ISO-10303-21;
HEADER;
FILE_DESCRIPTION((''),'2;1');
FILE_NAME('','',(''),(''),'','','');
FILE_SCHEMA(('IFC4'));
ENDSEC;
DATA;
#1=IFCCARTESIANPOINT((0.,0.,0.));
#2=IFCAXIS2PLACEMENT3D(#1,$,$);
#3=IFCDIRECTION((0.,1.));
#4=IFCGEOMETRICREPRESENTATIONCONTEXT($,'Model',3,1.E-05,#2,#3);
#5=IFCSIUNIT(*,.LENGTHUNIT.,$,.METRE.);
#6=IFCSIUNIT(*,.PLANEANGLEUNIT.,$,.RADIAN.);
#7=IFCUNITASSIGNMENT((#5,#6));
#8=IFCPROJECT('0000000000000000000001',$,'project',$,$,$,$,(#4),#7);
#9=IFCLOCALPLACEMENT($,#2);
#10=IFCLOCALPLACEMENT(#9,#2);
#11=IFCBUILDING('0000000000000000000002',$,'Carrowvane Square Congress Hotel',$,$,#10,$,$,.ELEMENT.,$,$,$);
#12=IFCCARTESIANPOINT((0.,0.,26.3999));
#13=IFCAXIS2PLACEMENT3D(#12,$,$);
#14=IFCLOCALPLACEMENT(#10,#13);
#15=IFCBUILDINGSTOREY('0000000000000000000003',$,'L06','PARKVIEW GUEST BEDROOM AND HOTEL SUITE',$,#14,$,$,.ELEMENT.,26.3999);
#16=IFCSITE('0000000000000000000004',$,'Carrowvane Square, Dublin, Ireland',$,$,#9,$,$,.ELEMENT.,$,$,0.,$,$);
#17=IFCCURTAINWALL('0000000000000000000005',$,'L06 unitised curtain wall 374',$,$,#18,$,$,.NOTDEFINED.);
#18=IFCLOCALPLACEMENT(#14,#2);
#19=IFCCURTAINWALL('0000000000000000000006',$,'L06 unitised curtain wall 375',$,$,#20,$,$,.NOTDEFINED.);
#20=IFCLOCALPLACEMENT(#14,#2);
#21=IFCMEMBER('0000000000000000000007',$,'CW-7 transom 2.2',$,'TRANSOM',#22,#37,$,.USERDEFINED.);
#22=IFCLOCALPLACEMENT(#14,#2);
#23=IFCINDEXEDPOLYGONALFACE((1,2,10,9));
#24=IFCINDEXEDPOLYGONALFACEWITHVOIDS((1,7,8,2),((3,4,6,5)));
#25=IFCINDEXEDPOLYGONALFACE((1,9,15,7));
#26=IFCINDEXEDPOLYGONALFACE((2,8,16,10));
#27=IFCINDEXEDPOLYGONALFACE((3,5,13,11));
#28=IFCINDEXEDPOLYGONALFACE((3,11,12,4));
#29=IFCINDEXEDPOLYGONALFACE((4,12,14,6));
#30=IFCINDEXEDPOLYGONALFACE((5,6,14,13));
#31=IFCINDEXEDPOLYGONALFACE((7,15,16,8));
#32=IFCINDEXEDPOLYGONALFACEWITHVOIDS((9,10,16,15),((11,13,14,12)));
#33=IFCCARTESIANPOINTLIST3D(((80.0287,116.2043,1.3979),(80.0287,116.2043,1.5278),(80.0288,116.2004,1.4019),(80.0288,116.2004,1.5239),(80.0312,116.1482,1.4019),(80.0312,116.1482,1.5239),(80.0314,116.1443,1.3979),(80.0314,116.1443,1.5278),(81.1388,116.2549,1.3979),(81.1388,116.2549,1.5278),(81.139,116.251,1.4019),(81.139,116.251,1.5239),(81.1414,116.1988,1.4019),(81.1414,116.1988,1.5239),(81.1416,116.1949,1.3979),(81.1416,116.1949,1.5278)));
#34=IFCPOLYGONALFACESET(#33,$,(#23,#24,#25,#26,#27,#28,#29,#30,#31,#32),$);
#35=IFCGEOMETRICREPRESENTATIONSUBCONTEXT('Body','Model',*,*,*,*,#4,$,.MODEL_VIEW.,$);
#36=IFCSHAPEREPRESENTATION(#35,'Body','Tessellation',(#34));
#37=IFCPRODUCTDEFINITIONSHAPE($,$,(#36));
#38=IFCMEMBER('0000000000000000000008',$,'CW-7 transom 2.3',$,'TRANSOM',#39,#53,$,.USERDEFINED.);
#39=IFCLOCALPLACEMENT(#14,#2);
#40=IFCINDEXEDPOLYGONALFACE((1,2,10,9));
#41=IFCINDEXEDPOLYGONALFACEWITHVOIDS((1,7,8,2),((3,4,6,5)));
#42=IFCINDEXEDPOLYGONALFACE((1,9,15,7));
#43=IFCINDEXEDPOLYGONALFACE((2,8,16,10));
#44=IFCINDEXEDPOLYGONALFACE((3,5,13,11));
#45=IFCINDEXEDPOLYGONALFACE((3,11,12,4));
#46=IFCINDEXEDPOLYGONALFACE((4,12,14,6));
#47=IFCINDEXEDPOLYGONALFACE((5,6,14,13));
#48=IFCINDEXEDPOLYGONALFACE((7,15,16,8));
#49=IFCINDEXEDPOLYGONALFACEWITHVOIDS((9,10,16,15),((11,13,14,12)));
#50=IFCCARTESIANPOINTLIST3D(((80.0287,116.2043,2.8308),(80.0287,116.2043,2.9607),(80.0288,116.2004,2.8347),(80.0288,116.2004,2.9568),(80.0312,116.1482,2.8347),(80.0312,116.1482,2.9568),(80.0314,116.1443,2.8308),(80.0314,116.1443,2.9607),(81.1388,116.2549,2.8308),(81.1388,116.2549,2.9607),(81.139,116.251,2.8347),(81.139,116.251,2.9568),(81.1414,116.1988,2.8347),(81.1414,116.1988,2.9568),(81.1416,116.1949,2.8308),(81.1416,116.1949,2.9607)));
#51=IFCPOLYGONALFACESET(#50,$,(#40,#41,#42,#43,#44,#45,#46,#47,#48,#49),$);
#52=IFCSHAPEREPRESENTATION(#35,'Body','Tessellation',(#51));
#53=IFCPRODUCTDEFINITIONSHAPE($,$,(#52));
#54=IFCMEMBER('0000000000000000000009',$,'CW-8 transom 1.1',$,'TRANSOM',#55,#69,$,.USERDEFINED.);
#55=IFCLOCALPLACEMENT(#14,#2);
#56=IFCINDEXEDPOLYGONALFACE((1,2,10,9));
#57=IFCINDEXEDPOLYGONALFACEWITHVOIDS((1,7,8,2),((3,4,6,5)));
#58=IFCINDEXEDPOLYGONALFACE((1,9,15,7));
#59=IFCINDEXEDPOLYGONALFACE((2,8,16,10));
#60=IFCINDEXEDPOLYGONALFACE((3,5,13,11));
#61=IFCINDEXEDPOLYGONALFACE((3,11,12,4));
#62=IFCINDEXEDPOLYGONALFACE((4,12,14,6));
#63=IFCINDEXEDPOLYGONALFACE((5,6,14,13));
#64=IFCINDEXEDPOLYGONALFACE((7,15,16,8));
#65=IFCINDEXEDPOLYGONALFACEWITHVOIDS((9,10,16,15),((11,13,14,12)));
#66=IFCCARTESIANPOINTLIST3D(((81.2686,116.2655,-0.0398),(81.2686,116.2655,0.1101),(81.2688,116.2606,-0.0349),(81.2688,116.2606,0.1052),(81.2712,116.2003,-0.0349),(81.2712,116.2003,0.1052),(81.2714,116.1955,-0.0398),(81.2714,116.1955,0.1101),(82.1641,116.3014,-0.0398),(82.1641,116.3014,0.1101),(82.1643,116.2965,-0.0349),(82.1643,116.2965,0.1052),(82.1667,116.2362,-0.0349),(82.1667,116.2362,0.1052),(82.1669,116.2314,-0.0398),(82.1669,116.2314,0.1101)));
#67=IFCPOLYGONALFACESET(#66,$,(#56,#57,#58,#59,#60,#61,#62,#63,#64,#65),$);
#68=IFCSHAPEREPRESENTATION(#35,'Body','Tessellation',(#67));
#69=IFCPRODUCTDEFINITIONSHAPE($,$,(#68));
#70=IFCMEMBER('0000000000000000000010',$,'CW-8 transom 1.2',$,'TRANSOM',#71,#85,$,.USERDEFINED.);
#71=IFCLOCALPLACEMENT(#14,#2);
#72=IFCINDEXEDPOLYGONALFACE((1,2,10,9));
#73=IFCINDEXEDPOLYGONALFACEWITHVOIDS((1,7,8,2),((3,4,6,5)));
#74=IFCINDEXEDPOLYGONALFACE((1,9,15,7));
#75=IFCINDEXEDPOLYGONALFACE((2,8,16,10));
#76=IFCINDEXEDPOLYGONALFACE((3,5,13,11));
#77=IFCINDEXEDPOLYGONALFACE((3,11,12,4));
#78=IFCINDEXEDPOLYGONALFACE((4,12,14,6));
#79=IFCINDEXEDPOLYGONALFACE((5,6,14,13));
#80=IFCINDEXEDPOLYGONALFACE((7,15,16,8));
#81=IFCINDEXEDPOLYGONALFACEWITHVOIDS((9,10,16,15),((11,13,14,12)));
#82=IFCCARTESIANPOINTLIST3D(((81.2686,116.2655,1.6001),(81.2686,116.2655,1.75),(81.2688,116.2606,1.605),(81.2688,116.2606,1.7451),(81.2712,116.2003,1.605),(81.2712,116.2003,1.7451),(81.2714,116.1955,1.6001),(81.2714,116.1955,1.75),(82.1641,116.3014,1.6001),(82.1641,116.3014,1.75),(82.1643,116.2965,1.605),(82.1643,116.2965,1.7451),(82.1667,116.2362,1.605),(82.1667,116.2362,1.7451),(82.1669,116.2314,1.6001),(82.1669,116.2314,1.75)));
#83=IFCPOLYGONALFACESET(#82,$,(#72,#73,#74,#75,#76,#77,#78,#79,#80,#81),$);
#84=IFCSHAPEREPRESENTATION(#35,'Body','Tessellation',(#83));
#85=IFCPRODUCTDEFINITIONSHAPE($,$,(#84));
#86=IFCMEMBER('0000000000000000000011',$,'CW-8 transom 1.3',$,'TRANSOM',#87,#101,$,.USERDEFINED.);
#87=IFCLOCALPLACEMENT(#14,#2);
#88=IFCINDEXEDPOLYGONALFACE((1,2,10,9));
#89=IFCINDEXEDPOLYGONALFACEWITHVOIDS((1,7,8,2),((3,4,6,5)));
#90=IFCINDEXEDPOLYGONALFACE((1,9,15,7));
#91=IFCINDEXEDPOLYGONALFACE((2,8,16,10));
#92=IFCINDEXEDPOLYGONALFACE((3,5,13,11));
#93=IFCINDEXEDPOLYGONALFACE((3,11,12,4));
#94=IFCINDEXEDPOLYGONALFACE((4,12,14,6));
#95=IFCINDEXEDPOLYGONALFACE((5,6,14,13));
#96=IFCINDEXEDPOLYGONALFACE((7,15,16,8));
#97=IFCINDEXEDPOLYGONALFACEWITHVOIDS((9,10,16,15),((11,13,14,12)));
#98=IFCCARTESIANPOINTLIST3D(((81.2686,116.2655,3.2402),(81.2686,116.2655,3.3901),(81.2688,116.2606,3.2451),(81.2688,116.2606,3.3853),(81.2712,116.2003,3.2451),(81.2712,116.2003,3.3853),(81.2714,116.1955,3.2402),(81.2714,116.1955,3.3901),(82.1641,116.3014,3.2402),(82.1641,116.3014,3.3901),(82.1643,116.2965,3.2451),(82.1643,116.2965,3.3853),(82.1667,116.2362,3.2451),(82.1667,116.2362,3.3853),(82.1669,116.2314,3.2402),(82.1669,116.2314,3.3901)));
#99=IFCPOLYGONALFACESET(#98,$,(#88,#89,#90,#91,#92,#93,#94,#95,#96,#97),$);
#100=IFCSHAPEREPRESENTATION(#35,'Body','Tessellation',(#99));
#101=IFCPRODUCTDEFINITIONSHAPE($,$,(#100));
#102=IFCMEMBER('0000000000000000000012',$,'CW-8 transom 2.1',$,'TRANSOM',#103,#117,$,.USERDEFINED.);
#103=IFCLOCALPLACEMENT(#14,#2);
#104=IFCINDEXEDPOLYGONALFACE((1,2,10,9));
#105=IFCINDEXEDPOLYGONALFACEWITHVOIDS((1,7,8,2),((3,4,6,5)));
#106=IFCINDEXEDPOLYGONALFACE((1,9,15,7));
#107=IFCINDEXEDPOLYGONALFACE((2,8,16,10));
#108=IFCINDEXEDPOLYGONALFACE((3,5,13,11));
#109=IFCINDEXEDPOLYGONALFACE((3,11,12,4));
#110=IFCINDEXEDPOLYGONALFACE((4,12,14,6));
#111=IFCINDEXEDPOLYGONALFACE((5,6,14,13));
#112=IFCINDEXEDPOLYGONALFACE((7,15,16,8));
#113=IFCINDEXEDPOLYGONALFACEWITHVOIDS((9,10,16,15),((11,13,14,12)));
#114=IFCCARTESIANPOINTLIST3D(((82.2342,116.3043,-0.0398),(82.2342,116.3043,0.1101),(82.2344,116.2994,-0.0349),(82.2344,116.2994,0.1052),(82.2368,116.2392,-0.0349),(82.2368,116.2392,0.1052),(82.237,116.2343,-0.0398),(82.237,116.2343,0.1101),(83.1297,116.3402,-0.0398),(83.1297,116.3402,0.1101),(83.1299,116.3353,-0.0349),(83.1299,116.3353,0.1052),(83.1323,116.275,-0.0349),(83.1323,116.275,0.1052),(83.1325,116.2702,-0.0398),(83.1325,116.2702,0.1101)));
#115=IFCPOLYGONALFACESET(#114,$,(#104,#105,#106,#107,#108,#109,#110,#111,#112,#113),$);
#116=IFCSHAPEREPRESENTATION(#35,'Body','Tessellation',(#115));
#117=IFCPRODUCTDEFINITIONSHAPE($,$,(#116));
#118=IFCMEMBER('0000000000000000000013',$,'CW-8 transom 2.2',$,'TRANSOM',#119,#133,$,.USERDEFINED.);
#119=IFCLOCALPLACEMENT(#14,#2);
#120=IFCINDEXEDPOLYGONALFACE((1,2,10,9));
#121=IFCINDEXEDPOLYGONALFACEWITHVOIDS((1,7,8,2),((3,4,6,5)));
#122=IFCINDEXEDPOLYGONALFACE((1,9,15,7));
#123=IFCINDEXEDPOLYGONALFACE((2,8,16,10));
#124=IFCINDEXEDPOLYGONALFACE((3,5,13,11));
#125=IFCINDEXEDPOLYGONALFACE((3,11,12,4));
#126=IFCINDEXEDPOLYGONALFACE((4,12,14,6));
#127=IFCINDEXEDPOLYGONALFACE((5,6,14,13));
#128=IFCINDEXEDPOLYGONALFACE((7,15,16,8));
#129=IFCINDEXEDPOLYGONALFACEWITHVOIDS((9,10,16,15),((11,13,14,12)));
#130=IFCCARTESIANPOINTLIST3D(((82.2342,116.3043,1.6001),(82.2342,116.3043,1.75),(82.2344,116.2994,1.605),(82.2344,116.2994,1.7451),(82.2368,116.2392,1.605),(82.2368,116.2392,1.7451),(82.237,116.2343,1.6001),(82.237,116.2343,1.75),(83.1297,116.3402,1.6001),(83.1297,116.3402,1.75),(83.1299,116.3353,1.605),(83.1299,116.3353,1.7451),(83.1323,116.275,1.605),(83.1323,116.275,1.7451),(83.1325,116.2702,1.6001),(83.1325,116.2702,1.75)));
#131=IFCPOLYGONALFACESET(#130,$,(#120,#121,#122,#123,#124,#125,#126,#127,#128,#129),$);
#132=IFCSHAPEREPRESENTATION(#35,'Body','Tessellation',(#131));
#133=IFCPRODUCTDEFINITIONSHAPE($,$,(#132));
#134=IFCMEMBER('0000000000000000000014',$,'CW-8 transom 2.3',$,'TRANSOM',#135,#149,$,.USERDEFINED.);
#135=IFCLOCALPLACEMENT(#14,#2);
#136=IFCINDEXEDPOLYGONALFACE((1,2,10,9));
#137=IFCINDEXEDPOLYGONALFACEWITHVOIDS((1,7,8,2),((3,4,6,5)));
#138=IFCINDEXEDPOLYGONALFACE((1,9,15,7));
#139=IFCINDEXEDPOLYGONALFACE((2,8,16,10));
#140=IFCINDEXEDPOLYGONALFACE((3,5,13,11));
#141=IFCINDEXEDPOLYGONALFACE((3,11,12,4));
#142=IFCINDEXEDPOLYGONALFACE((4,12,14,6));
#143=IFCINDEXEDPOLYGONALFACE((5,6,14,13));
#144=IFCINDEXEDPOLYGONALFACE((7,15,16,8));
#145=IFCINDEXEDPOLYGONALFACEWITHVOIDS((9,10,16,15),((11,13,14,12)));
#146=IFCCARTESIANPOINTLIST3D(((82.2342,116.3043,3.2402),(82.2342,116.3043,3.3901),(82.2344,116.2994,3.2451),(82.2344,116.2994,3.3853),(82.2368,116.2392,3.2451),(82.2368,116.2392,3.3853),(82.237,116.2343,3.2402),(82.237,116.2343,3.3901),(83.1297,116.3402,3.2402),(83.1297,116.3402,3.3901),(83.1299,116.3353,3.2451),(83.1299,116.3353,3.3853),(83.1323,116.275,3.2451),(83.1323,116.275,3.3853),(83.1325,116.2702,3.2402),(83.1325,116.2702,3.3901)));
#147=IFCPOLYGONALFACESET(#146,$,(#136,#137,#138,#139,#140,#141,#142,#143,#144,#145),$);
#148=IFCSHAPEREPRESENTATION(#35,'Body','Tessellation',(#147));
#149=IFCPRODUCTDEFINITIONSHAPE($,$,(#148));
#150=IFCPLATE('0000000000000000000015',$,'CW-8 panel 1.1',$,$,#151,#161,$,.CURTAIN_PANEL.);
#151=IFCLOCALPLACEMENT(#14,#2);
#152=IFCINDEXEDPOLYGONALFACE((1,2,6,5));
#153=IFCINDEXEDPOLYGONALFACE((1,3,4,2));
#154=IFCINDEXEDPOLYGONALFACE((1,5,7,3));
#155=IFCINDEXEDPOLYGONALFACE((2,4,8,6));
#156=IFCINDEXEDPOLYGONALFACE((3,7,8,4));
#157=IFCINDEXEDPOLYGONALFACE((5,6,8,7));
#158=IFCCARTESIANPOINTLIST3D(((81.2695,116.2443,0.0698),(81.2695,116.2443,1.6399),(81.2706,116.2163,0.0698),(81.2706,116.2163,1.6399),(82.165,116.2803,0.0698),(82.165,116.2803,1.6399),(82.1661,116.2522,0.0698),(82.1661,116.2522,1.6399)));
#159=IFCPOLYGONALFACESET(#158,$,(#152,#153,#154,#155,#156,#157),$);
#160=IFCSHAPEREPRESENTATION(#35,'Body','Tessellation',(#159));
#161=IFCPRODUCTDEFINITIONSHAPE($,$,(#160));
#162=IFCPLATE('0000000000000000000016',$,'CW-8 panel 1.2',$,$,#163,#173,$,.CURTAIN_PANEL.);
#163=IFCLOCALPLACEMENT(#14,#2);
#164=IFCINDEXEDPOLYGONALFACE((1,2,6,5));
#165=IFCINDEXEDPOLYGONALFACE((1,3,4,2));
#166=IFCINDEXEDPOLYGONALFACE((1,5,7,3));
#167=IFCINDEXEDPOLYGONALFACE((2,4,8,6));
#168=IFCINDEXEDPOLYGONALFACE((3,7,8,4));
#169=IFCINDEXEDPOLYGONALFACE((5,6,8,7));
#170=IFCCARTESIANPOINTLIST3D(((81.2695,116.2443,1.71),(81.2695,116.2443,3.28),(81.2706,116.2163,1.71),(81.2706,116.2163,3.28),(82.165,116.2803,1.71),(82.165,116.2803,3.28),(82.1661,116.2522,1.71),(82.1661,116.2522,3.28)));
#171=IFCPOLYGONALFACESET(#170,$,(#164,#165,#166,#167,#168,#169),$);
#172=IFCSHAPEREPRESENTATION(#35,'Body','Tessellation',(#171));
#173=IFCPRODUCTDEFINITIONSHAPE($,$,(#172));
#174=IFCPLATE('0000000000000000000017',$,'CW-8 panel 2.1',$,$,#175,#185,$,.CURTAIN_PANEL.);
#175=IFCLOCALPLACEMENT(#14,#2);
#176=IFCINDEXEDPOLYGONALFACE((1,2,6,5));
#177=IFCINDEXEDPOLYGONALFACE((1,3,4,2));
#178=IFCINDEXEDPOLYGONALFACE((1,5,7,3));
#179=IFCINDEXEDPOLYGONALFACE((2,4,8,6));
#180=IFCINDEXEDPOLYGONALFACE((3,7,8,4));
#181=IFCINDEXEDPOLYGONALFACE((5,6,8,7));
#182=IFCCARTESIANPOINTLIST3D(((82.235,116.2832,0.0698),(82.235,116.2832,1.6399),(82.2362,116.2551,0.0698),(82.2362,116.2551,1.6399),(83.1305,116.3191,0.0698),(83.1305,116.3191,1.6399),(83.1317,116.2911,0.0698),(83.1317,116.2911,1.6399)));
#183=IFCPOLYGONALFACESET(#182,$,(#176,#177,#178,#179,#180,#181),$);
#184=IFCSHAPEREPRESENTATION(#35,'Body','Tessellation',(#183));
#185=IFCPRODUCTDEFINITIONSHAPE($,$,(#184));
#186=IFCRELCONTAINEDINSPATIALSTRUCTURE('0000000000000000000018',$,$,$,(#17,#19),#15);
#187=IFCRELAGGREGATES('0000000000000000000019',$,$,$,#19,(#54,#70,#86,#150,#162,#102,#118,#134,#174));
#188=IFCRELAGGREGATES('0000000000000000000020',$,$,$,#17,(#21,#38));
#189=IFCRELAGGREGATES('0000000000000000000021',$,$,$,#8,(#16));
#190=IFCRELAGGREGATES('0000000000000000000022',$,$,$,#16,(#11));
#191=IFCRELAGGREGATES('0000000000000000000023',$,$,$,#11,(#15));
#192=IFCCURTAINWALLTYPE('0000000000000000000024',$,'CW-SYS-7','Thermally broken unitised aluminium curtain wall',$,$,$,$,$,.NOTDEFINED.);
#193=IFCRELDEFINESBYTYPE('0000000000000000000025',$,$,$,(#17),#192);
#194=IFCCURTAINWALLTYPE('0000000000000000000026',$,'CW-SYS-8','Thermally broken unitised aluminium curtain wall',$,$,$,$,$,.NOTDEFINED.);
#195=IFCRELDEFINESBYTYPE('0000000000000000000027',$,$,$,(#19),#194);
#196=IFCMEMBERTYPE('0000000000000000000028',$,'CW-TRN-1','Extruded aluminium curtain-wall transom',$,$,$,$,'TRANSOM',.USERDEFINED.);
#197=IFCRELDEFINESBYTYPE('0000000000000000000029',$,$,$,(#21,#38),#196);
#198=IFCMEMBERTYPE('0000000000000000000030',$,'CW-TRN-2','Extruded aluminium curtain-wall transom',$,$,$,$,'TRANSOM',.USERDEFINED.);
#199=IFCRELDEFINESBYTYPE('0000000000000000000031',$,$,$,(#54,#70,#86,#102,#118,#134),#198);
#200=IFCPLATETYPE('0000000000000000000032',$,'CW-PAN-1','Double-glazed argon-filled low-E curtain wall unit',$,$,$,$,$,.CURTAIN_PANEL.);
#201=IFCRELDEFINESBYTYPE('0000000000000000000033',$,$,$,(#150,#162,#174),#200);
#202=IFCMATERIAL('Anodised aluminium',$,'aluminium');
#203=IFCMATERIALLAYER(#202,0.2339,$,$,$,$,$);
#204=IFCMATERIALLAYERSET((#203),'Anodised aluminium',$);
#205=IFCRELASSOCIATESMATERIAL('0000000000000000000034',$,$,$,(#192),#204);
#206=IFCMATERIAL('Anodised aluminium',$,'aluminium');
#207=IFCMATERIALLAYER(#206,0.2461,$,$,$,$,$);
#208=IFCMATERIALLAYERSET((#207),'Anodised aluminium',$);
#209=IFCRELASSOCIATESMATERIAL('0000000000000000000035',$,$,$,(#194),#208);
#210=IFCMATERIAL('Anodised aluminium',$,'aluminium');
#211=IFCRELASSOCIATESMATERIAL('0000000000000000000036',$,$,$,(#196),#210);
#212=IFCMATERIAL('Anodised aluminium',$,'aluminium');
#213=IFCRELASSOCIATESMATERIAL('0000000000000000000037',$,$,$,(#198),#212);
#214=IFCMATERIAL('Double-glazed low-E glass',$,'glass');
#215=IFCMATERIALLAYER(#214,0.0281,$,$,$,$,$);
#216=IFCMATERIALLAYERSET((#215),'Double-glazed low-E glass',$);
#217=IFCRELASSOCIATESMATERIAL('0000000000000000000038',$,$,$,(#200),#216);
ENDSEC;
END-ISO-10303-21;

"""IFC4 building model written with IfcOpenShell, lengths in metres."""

from ifc_helpers import new_model, si_unit, direction, frame, origin, origin_2d, place, context, subcontext, project, spatial, rectangle, hollow_rectangle, extrude, material, layer, layer_set, material_profile, profile_set, type_object, element, aggregate, save


model = new_model("IFC4")

# Units and contexts
model_context = context("Model", 3, precision=1e-05, world=origin(), true_north=direction((0.0, 1.0)))
body_context = subcontext(model_context, "Body", "Model", "MODEL_VIEW")
ifc_project = project(units=[si_unit("LENGTHUNIT", "METRE"), si_unit("PLANEANGLEUNIT", "RADIAN")], contexts=[model_context])

# Site, building, storey
site_placement = place(None, origin())
site = spatial("IfcSite", under=ifc_project, at=site_placement, Name="Carrowvane Square, Dublin, Ireland", CompositionType="ELEMENT", RefElevation=0.0)
building_placement = place(site_placement, origin())
building = spatial("IfcBuilding", under=site, at=building_placement, Name="Carrowvane Square Congress Hotel", CompositionType="ELEMENT")
storey_placement = place(building_placement, frame((0.0, 0.0, 26.3999)))
storey = spatial("IfcBuildingStorey", under=building, at=storey_placement, Name="L06", Description="PARKVIEW GUEST BEDROOM AND HOTEL SUITE", CompositionType="ELEMENT", Elevation=26.3999)

# Curtain wall
ifc_material_1 = material(Name="Anodised aluminium", Category="aluminium")
ifc_layer_1 = layer(ifc_material_1, 0.2339)
ifc_layer_set_1 = layer_set([ifc_layer_1], Name="Anodised aluminium")
curtain_wall_type_1 = type_object("IfcCurtainWallType", Name="CW-SYS-7", Description="Thermally broken unitised aluminium curtain wall", PredefinedType="NOTDEFINED", material=ifc_layer_set_1)
curtain_wall_1_placement = place(storey_placement, origin())
curtain_wall_1 = element("IfcCurtainWall", 1, at=curtain_wall_1_placement, inside=storey, type_object=curtain_wall_type_1, Name="L06 unitised curtain wall 374", PredefinedType="NOTDEFINED")

# Curtain wall
ifc_material_2 = material(Name="Anodised aluminium", Category="aluminium")
ifc_layer_2 = layer(ifc_material_2, 0.2461)
ifc_layer_set_2 = layer_set([ifc_layer_2], Name="Anodised aluminium")
curtain_wall_type_2 = type_object("IfcCurtainWallType", Name="CW-SYS-8", Description="Thermally broken unitised aluminium curtain wall", PredefinedType="NOTDEFINED", material=ifc_layer_set_2)
curtain_wall_2_placement = place(storey_placement, origin())
curtain_wall_2 = element("IfcCurtainWall", 2, at=curtain_wall_2_placement, inside=storey, type_object=curtain_wall_type_2, Name="L06 unitised curtain wall 375", PredefinedType="NOTDEFINED")

# Members
ifc_material_3 = material(Name="Anodised aluminium", Category="aluminium")
ifc_material_profile_1 = material_profile(ifc_material_3, hollow_rectangle(XDim=0.0601, YDim=0.1299, WallThickness=0.0039, at=origin_2d()), Name="CW-TR 60x130x4")
ifc_profile_set_1 = profile_set([ifc_material_profile_1], Name="Anodised aluminium")
member_type_1 = type_object("IfcMemberType", Name="CW-TRN-1", Description="Extruded aluminium curtain-wall transom", ElementType="TRANSOM", PredefinedType="USERDEFINED", material=ifc_profile_set_1)
member_1_placement = place(storey_placement, frame((80.03, 116.1743, 1.4629), z_axis=(0.998965, 0.045477, 0.0), x_axis=(-0.045477, 0.998965, 0.0)))
member_1 = element("IfcMember", 3, at=member_1_placement, type_object=member_type_1, Name="CW-7 transom 2.2", ObjectType="TRANSOM", PredefinedType="USERDEFINED", context=body_context, shape_type="SweptSolid", body=[
    extrude(hollow_rectangle(XDim=0.0601, YDim=0.1299, WallThickness=0.0039, at=origin_2d()), origin(), (0.0, 0.0, 1.0), 1.1113),
])
member_2_placement = place(storey_placement, frame((80.03, 116.1743, 2.8958), z_axis=(0.998965, 0.045477, 0.0), x_axis=(-0.045477, 0.998965, 0.0)))
member_2 = element("IfcMember", 4, at=member_2_placement, type_object=member_type_1, Name="CW-7 transom 2.3", ObjectType="TRANSOM", PredefinedType="USERDEFINED", context=body_context, shape_type="SweptSolid", body=[
    extrude(hollow_rectangle(XDim=0.0601, YDim=0.1299, WallThickness=0.0039, at=origin_2d()), origin(), (0.0, 0.0, 1.0), 1.1113),
])
ifc_material_4 = material(Name="Anodised aluminium", Category="aluminium")
ifc_material_profile_2 = material_profile(ifc_material_4, hollow_rectangle(XDim=0.0701, YDim=0.1499, WallThickness=0.0049, at=origin_2d()), Name="CW-TR 70x150x5")
ifc_profile_set_2 = profile_set([ifc_material_profile_2], Name="Anodised aluminium")
member_type_2 = type_object("IfcMemberType", Name="CW-TRN-2", Description="Extruded aluminium curtain-wall transom", ElementType="TRANSOM", PredefinedType="USERDEFINED", material=ifc_profile_set_2)
member_3_placement = place(storey_placement, frame((81.27, 116.2305, 0.0352), z_axis=(0.999198, 0.040044, 0.0), x_axis=(-0.040044, 0.999198, 0.0)))
member_3 = element("IfcMember", 5, at=member_3_placement, type_object=member_type_2, Name="CW-8 transom 1.1", ObjectType="TRANSOM", PredefinedType="USERDEFINED", context=body_context, shape_type="SweptSolid", body=[
    extrude(hollow_rectangle(XDim=0.0701, YDim=0.1499, WallThickness=0.0049, at=origin_2d()), origin(), (0.0, 0.0, 1.0), 0.8962),
])
member_4_placement = place(storey_placement, frame((81.27, 116.2305, 1.675), z_axis=(0.999198, 0.040044, 0.0), x_axis=(-0.040044, 0.999198, 0.0)))
member_4 = element("IfcMember", 6, at=member_4_placement, type_object=member_type_2, Name="CW-8 transom 1.2", ObjectType="TRANSOM", PredefinedType="USERDEFINED", context=body_context, shape_type="SweptSolid", body=[
    extrude(hollow_rectangle(XDim=0.0701, YDim=0.1499, WallThickness=0.0049, at=origin_2d()), origin(), (0.0, 0.0, 1.0), 0.8962),
])
member_5_placement = place(storey_placement, frame((81.27, 116.2305, 3.3152), z_axis=(0.999198, 0.040044, 0.0), x_axis=(-0.040044, 0.999198, 0.0)))
member_5 = element("IfcMember", 7, at=member_5_placement, type_object=member_type_2, Name="CW-8 transom 1.3", ObjectType="TRANSOM", PredefinedType="USERDEFINED", context=body_context, shape_type="SweptSolid", body=[
    extrude(hollow_rectangle(XDim=0.0701, YDim=0.1499, WallThickness=0.0049, at=origin_2d()), origin(), (0.0, 0.0, 1.0), 0.8962),
])
member_6_placement = place(storey_placement, frame((82.2356, 116.2693, 0.0352), z_axis=(0.999198, 0.040044, 0.0), x_axis=(-0.040044, 0.999198, 0.0)))
member_6 = element("IfcMember", 8, at=member_6_placement, type_object=member_type_2, Name="CW-8 transom 2.1", ObjectType="TRANSOM", PredefinedType="USERDEFINED", context=body_context, shape_type="SweptSolid", body=[
    extrude(hollow_rectangle(XDim=0.0701, YDim=0.1499, WallThickness=0.0049, at=origin_2d()), origin(), (0.0, 0.0, 1.0), 0.8962),
])
member_7_placement = place(storey_placement, frame((82.2356, 116.2693, 1.675), z_axis=(0.999198, 0.040044, 0.0), x_axis=(-0.040044, 0.999198, 0.0)))
member_7 = element("IfcMember", 9, at=member_7_placement, type_object=member_type_2, Name="CW-8 transom 2.2", ObjectType="TRANSOM", PredefinedType="USERDEFINED", context=body_context, shape_type="SweptSolid", body=[
    extrude(hollow_rectangle(XDim=0.0701, YDim=0.1499, WallThickness=0.0049, at=origin_2d()), origin(), (0.0, 0.0, 1.0), 0.8962),
])
member_8_placement = place(storey_placement, frame((82.2356, 116.2693, 3.3152), z_axis=(0.999198, 0.040044, 0.0), x_axis=(-0.040044, 0.999198, 0.0)))
member_8 = element("IfcMember", 10, at=member_8_placement, type_object=member_type_2, Name="CW-8 transom 2.3", ObjectType="TRANSOM", PredefinedType="USERDEFINED", context=body_context, shape_type="SweptSolid", body=[
    extrude(hollow_rectangle(XDim=0.0701, YDim=0.1499, WallThickness=0.0049, at=origin_2d()), origin(), (0.0, 0.0, 1.0), 0.8962),
])

# Plates
ifc_material_5 = material(Name="Double-glazed low-E glass", Category="glass")
ifc_layer_3 = layer(ifc_material_5, 0.0281)
ifc_layer_set_3 = layer_set([ifc_layer_3], Name="Double-glazed low-E glass")
plate_type_1 = type_object("IfcPlateType", Name="CW-PAN-1", Description="Double-glazed argon-filled low-E curtain wall unit", PredefinedType="CURTAIN_PANEL", material=ifc_layer_set_3)
plate_1_placement = place(storey_placement, frame((81.7178, 116.2483, 0.0698), z_axis=(0.0, 0.0, 1.0), x_axis=(0.999194, 0.040136, 0.0)))
plate_1 = element("IfcPlate", 11, at=plate_1_placement, type_object=plate_type_1, Name="CW-8 panel 1.1", PredefinedType="CURTAIN_PANEL", context=body_context, shape_type="SweptSolid", body=[
    extrude(rectangle(XDim=0.8962, YDim=0.0281, at=origin_2d()), origin(), (0.0, 0.0, 1.0), 1.5701),
])
plate_2_placement = place(storey_placement, frame((81.7178, 116.2483, 1.71), z_axis=(0.0, 0.0, 1.0), x_axis=(0.999194, 0.040136, 0.0)))
plate_2 = element("IfcPlate", 12, at=plate_2_placement, type_object=plate_type_1, Name="CW-8 panel 1.2", PredefinedType="CURTAIN_PANEL", context=body_context, shape_type="SweptSolid", body=[
    extrude(rectangle(XDim=0.8962, YDim=0.0281, at=origin_2d()), origin(), (0.0, 0.0, 1.0), 1.5701),
])
plate_3_placement = place(storey_placement, frame((82.6833, 116.2871, 0.0698), z_axis=(0.0, 0.0, 1.0), x_axis=(0.999194, 0.040136, 0.0)))
plate_3 = element("IfcPlate", 13, at=plate_3_placement, type_object=plate_type_1, Name="CW-8 panel 2.1", PredefinedType="CURTAIN_PANEL", context=body_context, shape_type="SweptSolid", body=[
    extrude(rectangle(XDim=0.8962, YDim=0.0281, at=origin_2d()), origin(), (0.0, 0.0, 1.0), 1.5701),
])
aggregate(curtain_wall_2, [member_3, member_4, member_5, plate_1, plate_2, member_6, member_7, member_8, plate_3])
aggregate(curtain_wall_1, [member_1, member_2])

save(model, "model.ifc")
